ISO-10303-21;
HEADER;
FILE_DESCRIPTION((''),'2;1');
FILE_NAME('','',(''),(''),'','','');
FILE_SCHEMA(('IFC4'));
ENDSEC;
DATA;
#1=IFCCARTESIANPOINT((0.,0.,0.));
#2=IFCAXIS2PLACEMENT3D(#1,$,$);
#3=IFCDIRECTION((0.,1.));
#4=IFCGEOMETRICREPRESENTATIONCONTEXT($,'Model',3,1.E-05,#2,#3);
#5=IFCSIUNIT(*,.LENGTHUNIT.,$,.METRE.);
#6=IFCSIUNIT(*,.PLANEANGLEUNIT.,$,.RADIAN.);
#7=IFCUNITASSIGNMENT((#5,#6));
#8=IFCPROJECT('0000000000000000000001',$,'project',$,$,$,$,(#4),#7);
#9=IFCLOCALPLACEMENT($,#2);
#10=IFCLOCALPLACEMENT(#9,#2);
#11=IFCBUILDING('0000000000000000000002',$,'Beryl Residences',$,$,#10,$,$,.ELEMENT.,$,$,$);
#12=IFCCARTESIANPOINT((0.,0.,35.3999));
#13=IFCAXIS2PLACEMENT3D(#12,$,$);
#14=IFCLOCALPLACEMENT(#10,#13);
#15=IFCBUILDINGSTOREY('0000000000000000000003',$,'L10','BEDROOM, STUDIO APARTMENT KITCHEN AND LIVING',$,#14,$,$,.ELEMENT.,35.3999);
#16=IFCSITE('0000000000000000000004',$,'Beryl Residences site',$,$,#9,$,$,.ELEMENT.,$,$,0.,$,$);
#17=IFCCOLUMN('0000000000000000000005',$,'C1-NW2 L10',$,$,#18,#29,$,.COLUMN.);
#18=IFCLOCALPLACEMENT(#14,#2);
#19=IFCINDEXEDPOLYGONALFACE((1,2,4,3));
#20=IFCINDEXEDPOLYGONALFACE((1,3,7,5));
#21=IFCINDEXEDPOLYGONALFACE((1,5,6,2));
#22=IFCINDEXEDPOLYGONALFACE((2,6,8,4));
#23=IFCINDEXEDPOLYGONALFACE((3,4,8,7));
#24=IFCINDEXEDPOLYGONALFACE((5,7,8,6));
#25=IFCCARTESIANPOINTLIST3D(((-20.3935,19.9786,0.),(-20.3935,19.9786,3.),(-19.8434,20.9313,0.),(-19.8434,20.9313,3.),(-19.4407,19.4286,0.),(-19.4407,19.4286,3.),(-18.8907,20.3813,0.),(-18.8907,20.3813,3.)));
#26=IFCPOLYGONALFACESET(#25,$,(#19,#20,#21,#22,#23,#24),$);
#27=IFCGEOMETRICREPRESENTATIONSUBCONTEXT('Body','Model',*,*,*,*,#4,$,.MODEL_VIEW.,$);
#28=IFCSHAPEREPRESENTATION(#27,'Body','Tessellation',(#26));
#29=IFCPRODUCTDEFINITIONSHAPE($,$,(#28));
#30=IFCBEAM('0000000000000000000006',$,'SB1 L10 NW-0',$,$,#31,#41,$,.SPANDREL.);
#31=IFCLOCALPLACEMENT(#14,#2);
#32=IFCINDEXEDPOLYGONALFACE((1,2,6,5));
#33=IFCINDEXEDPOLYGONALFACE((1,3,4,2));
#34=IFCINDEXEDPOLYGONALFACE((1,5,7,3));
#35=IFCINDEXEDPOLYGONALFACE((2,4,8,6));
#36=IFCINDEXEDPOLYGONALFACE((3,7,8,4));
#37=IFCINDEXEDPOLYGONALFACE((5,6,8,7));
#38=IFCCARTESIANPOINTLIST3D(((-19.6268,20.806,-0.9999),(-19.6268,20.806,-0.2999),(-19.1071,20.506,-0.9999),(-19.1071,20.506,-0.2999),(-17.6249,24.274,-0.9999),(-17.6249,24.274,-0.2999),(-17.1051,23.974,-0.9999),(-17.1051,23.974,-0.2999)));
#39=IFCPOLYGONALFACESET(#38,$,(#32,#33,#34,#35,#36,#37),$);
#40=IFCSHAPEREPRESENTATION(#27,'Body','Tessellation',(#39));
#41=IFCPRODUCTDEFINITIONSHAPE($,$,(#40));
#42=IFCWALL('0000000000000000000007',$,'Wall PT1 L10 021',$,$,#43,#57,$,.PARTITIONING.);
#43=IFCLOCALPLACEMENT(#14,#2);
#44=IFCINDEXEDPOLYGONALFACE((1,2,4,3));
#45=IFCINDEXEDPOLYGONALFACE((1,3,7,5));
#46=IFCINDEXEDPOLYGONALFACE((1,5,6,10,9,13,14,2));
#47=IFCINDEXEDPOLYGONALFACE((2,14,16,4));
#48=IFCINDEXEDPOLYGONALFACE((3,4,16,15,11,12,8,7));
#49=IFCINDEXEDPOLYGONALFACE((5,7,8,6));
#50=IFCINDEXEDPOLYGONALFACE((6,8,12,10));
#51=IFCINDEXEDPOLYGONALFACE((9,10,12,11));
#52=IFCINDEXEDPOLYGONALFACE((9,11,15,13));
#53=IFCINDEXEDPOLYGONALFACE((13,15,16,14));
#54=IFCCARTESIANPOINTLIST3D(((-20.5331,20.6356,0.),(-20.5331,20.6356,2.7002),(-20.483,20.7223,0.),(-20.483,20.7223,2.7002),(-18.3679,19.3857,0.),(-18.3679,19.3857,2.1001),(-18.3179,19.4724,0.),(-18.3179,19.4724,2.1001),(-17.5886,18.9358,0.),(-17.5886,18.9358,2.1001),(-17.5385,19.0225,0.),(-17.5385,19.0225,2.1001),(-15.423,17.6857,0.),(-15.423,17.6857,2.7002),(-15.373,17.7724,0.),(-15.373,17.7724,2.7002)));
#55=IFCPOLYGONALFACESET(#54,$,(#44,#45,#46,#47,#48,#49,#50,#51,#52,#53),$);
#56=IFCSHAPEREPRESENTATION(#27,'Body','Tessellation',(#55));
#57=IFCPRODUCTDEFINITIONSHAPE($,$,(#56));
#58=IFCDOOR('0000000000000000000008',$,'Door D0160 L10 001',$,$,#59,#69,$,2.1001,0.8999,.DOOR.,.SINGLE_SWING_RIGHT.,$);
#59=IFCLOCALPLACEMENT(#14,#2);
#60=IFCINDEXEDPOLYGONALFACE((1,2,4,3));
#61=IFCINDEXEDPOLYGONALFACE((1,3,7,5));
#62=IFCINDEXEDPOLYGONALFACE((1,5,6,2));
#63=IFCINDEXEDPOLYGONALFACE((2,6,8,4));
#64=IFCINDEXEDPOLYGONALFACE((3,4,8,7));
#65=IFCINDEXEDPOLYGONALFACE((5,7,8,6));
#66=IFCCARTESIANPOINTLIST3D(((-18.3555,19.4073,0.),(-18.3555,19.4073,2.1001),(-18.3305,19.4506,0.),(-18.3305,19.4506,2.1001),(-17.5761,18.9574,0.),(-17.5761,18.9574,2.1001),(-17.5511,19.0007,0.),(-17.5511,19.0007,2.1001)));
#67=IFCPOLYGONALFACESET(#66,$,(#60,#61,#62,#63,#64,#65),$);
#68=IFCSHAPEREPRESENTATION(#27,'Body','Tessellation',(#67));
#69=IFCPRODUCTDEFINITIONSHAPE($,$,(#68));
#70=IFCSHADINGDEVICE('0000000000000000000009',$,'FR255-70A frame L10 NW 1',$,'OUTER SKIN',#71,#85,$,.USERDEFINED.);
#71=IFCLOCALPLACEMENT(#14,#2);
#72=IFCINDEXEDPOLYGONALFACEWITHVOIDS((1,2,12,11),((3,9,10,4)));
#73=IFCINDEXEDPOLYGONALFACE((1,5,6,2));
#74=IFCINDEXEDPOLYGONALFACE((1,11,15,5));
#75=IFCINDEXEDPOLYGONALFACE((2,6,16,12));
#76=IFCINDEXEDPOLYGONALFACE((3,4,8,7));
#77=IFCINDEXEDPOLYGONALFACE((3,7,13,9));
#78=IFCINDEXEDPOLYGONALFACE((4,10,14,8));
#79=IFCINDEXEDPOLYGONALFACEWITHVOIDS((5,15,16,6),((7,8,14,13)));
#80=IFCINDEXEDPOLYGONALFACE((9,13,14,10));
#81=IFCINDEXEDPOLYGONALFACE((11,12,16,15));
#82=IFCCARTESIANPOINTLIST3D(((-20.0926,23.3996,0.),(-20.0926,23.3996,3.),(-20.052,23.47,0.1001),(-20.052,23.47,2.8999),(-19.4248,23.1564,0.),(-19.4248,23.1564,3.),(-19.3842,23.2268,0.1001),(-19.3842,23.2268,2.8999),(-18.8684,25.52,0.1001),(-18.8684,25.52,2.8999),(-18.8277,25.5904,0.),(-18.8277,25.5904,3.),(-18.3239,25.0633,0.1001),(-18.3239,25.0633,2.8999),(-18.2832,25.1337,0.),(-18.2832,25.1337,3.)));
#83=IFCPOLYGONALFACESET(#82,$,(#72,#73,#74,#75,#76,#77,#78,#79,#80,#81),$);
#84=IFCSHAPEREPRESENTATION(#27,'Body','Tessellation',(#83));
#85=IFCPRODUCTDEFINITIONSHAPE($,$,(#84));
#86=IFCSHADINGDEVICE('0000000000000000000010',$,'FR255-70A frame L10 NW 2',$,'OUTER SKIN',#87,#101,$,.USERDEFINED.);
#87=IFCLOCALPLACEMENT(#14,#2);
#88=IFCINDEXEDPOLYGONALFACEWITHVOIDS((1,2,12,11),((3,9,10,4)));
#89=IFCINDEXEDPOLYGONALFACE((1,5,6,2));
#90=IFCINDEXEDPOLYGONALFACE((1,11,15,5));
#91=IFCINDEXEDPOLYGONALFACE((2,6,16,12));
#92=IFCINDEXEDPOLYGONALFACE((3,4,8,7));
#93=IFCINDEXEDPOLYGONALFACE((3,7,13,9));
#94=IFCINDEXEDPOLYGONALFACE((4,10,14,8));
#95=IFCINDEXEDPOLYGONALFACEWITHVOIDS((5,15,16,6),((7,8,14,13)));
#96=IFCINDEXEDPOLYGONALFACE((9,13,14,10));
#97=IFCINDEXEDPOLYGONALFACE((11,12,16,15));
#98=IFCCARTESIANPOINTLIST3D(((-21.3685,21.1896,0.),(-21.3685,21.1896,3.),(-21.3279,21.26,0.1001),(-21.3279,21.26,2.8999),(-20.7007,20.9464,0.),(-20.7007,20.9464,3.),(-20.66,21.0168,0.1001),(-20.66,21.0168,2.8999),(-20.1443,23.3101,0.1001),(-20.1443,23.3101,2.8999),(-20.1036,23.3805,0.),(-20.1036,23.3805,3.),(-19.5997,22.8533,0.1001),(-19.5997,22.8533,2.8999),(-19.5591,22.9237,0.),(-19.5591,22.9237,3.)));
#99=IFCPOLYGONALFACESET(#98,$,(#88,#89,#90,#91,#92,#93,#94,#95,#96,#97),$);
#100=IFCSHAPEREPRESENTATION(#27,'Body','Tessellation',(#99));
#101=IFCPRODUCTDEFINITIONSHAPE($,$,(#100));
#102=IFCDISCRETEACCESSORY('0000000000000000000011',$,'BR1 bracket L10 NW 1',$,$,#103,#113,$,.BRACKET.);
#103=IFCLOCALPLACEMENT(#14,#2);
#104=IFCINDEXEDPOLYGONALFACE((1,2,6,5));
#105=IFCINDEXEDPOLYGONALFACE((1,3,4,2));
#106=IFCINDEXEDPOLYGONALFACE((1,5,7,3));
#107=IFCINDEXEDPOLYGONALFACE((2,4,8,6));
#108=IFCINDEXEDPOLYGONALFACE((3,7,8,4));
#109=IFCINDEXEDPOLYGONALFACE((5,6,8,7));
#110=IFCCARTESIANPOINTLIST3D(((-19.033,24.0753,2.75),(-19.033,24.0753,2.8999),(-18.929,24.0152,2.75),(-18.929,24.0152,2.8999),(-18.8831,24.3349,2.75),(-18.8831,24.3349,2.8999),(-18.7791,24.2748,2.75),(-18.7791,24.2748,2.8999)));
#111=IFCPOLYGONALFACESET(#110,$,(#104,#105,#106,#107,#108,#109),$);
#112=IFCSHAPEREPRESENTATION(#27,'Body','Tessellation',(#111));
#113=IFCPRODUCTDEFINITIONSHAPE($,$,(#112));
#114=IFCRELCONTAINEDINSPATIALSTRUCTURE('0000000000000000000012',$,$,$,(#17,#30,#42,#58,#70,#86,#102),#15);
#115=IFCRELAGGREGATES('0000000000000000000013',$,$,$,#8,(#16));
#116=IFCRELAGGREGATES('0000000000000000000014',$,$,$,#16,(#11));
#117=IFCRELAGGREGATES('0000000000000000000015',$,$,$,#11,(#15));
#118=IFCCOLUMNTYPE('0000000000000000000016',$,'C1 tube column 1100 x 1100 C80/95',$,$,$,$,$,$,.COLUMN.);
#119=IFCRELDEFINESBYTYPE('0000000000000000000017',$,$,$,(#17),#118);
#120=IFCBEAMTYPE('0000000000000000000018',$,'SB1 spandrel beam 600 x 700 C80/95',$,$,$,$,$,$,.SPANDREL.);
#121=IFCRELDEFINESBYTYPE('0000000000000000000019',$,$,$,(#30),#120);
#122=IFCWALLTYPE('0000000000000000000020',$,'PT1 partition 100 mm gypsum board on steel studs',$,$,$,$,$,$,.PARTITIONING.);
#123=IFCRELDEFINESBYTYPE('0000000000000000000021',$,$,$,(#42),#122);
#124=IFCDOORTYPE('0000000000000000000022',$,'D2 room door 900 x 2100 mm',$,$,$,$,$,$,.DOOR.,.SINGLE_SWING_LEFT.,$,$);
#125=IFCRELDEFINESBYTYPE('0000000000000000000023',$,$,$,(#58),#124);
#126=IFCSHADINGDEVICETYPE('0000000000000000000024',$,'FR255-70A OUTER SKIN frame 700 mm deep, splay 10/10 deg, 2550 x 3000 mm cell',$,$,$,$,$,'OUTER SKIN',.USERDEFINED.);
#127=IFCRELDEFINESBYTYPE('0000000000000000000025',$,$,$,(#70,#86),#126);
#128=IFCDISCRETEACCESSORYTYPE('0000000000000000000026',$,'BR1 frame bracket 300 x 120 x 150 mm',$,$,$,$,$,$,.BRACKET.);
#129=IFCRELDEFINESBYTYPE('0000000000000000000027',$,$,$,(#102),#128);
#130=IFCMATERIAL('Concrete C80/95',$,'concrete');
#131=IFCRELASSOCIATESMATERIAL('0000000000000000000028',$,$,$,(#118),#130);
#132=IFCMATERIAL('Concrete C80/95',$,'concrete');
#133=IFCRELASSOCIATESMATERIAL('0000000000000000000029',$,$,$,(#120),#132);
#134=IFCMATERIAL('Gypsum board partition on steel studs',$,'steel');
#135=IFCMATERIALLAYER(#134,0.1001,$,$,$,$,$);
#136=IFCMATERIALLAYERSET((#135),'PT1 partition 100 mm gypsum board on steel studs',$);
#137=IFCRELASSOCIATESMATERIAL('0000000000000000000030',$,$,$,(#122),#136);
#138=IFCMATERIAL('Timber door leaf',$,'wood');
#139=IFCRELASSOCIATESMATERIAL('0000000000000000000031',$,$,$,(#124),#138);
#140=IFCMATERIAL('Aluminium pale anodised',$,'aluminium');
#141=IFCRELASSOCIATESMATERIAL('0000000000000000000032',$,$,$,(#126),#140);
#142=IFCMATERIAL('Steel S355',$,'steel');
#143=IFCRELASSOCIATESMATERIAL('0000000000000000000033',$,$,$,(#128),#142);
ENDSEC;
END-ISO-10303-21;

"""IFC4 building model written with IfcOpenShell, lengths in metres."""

from ifc_helpers import new_model, entity, si_unit, direction, frame, frame_2d, origin, origin_2d, place, context, subcontext, project, spatial, polyline, rectangle, outline, extrude, source, transform, mapped, material, layer, layer_set, material_profile, profile_set, type_object, type_shapes, element, fill, save


model = new_model("IFC4")

# Units and contexts
model_context = context("Model", 3, precision=1e-05, world=origin(), true_north=direction((0.0, 1.0)))
body_context = subcontext(model_context, "Body", "Model", "MODEL_VIEW")
ifc_project = project(units=[si_unit("LENGTHUNIT", "METRE"), si_unit("PLANEANGLEUNIT", "RADIAN")], contexts=[model_context])

# Site, building, storey
site_placement = place(None, origin())
site = spatial("IfcSite", under=ifc_project, at=site_placement, Name="Beryl Residences site", CompositionType="ELEMENT", RefElevation=0.0)
building_placement = place(site_placement, origin())
building = spatial("IfcBuilding", under=site, at=building_placement, Name="Beryl Residences", CompositionType="ELEMENT")
storey_placement = place(building_placement, frame((0.0, 0.0, 35.3999)))
storey = spatial("IfcBuildingStorey", under=building, at=storey_placement, Name="L10", Description="BEDROOM, STUDIO APARTMENT KITCHEN AND LIVING", CompositionType="ELEMENT", Elevation=35.3999)

# Column
ifc_material_1 = material(Name="Concrete C80/95", Category="concrete")
ifc_material_profile_1 = material_profile(ifc_material_1, rectangle(XDim=1.1001, YDim=1.1001, at=origin_2d()))
ifc_profile_set_1 = profile_set([ifc_material_profile_1], Name="Concrete C80/95")
column_type = type_object("IfcColumnType", Name="C1 tube column 1100 x 1100 C80/95", PredefinedType="COLUMN", material=ifc_profile_set_1)
column_placement = place(storey_placement, frame((-19.6421, 20.1799, 0.0), z_axis=(0.0, 0.0, 1.0), x_axis=(-0.499985, -0.866034, 0.0)))
element("IfcColumn", 1, at=column_placement, inside=storey, type_object=column_type, Name="C1-NW2 L10", PredefinedType="COLUMN", context=body_context, shape_type="SweptSolid", body=[
    extrude(rectangle(XDim=1.1001, YDim=1.1001, at=origin_2d()), origin(), (0.0, 0.0, 1.0), 3.0),
])

# Beam
ifc_material_2 = material(Name="Concrete C80/95", Category="concrete")
ifc_material_profile_2 = material_profile(ifc_material_2, rectangle(XDim=0.6001, YDim=0.7, at=origin_2d()))
ifc_profile_set_2 = profile_set([ifc_material_profile_2], Name="Concrete C80/95")
beam_type = type_object("IfcBeamType", Name="SB1 spandrel beam 600 x 700 C80/95", PredefinedType="SPANDREL", material=ifc_profile_set_2)
beam_placement = place(storey_placement, frame((-17.365, 24.124, -0.6499), z_axis=(-0.499942, -0.866059, 0.0), x_axis=(0.866059, -0.499942, 0.0)))
element("IfcBeam", 2, at=beam_placement, inside=storey, type_object=beam_type, Name="SB1 L10 NW-0", PredefinedType="SPANDREL", context=body_context, shape_type="SweptSolid", body=[
    extrude(rectangle(XDim=0.6001, YDim=0.7, at=origin_2d()), origin(), (0.0, 0.0, 1.0), 4.0044),
])

# Wall, opening, door
ifc_material_3 = material(Name="Gypsum board partition on steel studs", Category="steel")
ifc_layer = layer(ifc_material_3, 0.1001)
ifc_layer_set = layer_set([ifc_layer], Name="PT1 partition 100 mm gypsum board on steel studs")
wall_type = type_object("IfcWallType", Name="PT1 partition 100 mm gypsum board on steel studs", PredefinedType="PARTITIONING", material=ifc_layer_set)
wall_placement = place(storey_placement, frame((-20.5081, 20.679, 0.0), z_axis=(0.0, 0.0, 1.0), x_axis=(0.866053, -0.499953, 0.0)))
wall = element("IfcWall", 3, at=wall_placement, inside=storey, type_object=wall_type, Name="Wall PT1 L10 021", PredefinedType="PARTITIONING", context=body_context, shape_type="SweptSolid", body=[
    extrude(rectangle(XDim=5.9004, YDim=0.1001, at=frame_2d((2.9502, 0.0))), origin(), (0.0, 0.0, 1.0), 2.7002),
])
opening_placement = place(wall_placement, frame((2.5, 0.0, 0.0)))
opening = element("IfcOpeningElement", 4, at=opening_placement, cuts=wall, PredefinedType="OPENING", context=body_context, shape_type="SweptSolid", body=[
    extrude(rectangle(XDim=0.8999, YDim=2.1001, at=frame_2d((0.45, 1.05))), frame((0.0, 0.0601, 0.0), z_axis=(0.0, -1.0, 0.0), x_axis=(1.0, 0.0, 0.0)), (0.0, 0.0, 1.0), 0.1201),
])
ifc_material_4 = material(Name="Timber door leaf", Category="wood")
door_type = type_object("IfcDoorType", Name="D2 room door 900 x 2100 mm", OperationType="SINGLE_SWING_LEFT", PredefinedType="DOOR", material=ifc_material_4)
door_placement = place(opening_placement, origin())
door = element("IfcDoor", 5, at=door_placement, inside=storey, type_object=door_type, Name="Door D0160 L10 001", OperationType="SINGLE_SWING_RIGHT", OverallHeight=2.1001, OverallWidth=0.8999, PredefinedType="DOOR", context=body_context, shape_type="SweptSolid", body=[
    extrude(rectangle(XDim=0.8999, YDim=2.1001, at=frame_2d((0.45, 1.05))), frame((0.0, 0.0249, 0.0), z_axis=(0.0, -1.0, 0.0), x_axis=(1.0, 0.0, 0.0)), (0.0, 0.0, 1.0), 0.05),
])
fill(opening, door)

# Shading devices
ifc_material_5 = material(Name="Aluminium pale anodised", Category="aluminium")
shading_device_type = type_object("IfcShadingDeviceType", Name="FR255-70A OUTER SKIN frame 700 mm deep, splay 10/10 deg, 2550 x 3000 mm cell", ElementType="OUTER SKIN", PredefinedType="USERDEFINED", material=ifc_material_5)
cartesian_point_1 = entity("IfcCartesianPoint", [-1.1416, 0.0])
cartesian_point_2 = entity("IfcCartesianPoint", [-1.0603, 0.1001])
cartesian_point_3 = entity("IfcCartesianPoint", [-1.2649, 0.0])
cartesian_point_4 = entity("IfcCartesianPoint", [-1.1836, 0.1001])
shared_shape_1 = source(origin(), body_context, "Body", "SweptSolid", [
    entity("IfcExtrudedAreaSolidTapered", entity("IfcArbitraryProfileDefWithVoids", "AREA", None, entity("IfcPolyline", [cartesian_point_1, entity("IfcCartesianPoint", [1.1416, 0.0]), entity("IfcCartesianPoint", [1.1416, 3.0]), entity("IfcCartesianPoint", [-1.1416, 3.0]), cartesian_point_1]), [entity("IfcPolyline", [cartesian_point_2, entity("IfcCartesianPoint", [1.0603, 0.1001]), entity("IfcCartesianPoint", [1.0603, 2.8999]), entity("IfcCartesianPoint", [-1.0603, 2.8999]), cartesian_point_2])]), entity("IfcAxis2Placement3D", entity("IfcCartesianPoint", [0.0, 0.0, 0.0]), entity("IfcDirection", [0.0, 1.0, 0.0]), entity("IfcDirection", [-1.0, 0.0, 0.0])), entity("IfcDirection", [0.0, 0.0, 1.0]), 0.7, entity("IfcArbitraryProfileDefWithVoids", "AREA", None, entity("IfcPolyline", [cartesian_point_3, entity("IfcCartesianPoint", [1.2649, 0.0]), entity("IfcCartesianPoint", [1.2649, 3.0]), entity("IfcCartesianPoint", [-1.2649, 3.0]), cartesian_point_3]), [entity("IfcPolyline", [cartesian_point_4, entity("IfcCartesianPoint", [1.1836, 0.1001]), entity("IfcCartesianPoint", [1.1836, 2.8999]), entity("IfcCartesianPoint", [-1.1836, 2.8999]), cartesian_point_4])])),
])
type_shapes(shading_device_type, [shared_shape_1])
for number, where, z_axis, x_axis, name in (
    (6, (-18.854, 24.145, 0.0), (0.0, 0.0, 1.0), (0.5, 0.866025, 0.0), "FR255-70A frame L10 NW 1"),
    (7, (-20.1299, 21.9351, 0.0), (0.0, 0.0, 1.0), (0.5, 0.866025, 0.0), "FR255-70A frame L10 NW 2"),
):
    element("IfcShadingDevice", number, at=place(storey_placement, frame(where, z_axis=z_axis, x_axis=x_axis)), inside=storey, type_object=shading_device_type, Name=name, ObjectType="OUTER SKIN", PredefinedType="USERDEFINED", context=body_context, shape_type="MappedRepresentation", body=[
        mapped(shared_shape_1, transform((0.0, 0.0, 0.0))),
    ])

# Discrete accessory
ifc_material_6 = material(Name="Steel S355", Category="steel")
discrete_accessory_type = type_object("IfcDiscreteAccessoryType", Name="BR1 frame bracket 300 x 120 x 150 mm", PredefinedType="BRACKET", material=ifc_material_6)
shared_shape_2 = source(origin(), body_context, "Body", "SweptSolid", [
    extrude(outline(polyline([(-0.1499, 0.0), (0.1499, 0.0), (0.1499, 0.1201), (-0.1499, 0.1201), (-0.1499, 0.0)])), origin(), (0.0, 0.0, 1.0), 0.1499),
])
type_shapes(discrete_accessory_type, [shared_shape_2])
discrete_accessory_placement = place(storey_placement, frame((-18.854, 24.145, 2.75), z_axis=(0.0, 0.0, 1.0), x_axis=(0.5, 0.866025, 0.0)))
element("IfcDiscreteAccessory", 8, at=discrete_accessory_placement, inside=storey, type_object=discrete_accessory_type, Name="BR1 bracket L10 NW 1", PredefinedType="BRACKET", context=body_context, shape_type="MappedRepresentation", body=[
    mapped(shared_shape_2, transform((0.0, 0.0, 0.0))),
])

save(model, "model.ifc")
